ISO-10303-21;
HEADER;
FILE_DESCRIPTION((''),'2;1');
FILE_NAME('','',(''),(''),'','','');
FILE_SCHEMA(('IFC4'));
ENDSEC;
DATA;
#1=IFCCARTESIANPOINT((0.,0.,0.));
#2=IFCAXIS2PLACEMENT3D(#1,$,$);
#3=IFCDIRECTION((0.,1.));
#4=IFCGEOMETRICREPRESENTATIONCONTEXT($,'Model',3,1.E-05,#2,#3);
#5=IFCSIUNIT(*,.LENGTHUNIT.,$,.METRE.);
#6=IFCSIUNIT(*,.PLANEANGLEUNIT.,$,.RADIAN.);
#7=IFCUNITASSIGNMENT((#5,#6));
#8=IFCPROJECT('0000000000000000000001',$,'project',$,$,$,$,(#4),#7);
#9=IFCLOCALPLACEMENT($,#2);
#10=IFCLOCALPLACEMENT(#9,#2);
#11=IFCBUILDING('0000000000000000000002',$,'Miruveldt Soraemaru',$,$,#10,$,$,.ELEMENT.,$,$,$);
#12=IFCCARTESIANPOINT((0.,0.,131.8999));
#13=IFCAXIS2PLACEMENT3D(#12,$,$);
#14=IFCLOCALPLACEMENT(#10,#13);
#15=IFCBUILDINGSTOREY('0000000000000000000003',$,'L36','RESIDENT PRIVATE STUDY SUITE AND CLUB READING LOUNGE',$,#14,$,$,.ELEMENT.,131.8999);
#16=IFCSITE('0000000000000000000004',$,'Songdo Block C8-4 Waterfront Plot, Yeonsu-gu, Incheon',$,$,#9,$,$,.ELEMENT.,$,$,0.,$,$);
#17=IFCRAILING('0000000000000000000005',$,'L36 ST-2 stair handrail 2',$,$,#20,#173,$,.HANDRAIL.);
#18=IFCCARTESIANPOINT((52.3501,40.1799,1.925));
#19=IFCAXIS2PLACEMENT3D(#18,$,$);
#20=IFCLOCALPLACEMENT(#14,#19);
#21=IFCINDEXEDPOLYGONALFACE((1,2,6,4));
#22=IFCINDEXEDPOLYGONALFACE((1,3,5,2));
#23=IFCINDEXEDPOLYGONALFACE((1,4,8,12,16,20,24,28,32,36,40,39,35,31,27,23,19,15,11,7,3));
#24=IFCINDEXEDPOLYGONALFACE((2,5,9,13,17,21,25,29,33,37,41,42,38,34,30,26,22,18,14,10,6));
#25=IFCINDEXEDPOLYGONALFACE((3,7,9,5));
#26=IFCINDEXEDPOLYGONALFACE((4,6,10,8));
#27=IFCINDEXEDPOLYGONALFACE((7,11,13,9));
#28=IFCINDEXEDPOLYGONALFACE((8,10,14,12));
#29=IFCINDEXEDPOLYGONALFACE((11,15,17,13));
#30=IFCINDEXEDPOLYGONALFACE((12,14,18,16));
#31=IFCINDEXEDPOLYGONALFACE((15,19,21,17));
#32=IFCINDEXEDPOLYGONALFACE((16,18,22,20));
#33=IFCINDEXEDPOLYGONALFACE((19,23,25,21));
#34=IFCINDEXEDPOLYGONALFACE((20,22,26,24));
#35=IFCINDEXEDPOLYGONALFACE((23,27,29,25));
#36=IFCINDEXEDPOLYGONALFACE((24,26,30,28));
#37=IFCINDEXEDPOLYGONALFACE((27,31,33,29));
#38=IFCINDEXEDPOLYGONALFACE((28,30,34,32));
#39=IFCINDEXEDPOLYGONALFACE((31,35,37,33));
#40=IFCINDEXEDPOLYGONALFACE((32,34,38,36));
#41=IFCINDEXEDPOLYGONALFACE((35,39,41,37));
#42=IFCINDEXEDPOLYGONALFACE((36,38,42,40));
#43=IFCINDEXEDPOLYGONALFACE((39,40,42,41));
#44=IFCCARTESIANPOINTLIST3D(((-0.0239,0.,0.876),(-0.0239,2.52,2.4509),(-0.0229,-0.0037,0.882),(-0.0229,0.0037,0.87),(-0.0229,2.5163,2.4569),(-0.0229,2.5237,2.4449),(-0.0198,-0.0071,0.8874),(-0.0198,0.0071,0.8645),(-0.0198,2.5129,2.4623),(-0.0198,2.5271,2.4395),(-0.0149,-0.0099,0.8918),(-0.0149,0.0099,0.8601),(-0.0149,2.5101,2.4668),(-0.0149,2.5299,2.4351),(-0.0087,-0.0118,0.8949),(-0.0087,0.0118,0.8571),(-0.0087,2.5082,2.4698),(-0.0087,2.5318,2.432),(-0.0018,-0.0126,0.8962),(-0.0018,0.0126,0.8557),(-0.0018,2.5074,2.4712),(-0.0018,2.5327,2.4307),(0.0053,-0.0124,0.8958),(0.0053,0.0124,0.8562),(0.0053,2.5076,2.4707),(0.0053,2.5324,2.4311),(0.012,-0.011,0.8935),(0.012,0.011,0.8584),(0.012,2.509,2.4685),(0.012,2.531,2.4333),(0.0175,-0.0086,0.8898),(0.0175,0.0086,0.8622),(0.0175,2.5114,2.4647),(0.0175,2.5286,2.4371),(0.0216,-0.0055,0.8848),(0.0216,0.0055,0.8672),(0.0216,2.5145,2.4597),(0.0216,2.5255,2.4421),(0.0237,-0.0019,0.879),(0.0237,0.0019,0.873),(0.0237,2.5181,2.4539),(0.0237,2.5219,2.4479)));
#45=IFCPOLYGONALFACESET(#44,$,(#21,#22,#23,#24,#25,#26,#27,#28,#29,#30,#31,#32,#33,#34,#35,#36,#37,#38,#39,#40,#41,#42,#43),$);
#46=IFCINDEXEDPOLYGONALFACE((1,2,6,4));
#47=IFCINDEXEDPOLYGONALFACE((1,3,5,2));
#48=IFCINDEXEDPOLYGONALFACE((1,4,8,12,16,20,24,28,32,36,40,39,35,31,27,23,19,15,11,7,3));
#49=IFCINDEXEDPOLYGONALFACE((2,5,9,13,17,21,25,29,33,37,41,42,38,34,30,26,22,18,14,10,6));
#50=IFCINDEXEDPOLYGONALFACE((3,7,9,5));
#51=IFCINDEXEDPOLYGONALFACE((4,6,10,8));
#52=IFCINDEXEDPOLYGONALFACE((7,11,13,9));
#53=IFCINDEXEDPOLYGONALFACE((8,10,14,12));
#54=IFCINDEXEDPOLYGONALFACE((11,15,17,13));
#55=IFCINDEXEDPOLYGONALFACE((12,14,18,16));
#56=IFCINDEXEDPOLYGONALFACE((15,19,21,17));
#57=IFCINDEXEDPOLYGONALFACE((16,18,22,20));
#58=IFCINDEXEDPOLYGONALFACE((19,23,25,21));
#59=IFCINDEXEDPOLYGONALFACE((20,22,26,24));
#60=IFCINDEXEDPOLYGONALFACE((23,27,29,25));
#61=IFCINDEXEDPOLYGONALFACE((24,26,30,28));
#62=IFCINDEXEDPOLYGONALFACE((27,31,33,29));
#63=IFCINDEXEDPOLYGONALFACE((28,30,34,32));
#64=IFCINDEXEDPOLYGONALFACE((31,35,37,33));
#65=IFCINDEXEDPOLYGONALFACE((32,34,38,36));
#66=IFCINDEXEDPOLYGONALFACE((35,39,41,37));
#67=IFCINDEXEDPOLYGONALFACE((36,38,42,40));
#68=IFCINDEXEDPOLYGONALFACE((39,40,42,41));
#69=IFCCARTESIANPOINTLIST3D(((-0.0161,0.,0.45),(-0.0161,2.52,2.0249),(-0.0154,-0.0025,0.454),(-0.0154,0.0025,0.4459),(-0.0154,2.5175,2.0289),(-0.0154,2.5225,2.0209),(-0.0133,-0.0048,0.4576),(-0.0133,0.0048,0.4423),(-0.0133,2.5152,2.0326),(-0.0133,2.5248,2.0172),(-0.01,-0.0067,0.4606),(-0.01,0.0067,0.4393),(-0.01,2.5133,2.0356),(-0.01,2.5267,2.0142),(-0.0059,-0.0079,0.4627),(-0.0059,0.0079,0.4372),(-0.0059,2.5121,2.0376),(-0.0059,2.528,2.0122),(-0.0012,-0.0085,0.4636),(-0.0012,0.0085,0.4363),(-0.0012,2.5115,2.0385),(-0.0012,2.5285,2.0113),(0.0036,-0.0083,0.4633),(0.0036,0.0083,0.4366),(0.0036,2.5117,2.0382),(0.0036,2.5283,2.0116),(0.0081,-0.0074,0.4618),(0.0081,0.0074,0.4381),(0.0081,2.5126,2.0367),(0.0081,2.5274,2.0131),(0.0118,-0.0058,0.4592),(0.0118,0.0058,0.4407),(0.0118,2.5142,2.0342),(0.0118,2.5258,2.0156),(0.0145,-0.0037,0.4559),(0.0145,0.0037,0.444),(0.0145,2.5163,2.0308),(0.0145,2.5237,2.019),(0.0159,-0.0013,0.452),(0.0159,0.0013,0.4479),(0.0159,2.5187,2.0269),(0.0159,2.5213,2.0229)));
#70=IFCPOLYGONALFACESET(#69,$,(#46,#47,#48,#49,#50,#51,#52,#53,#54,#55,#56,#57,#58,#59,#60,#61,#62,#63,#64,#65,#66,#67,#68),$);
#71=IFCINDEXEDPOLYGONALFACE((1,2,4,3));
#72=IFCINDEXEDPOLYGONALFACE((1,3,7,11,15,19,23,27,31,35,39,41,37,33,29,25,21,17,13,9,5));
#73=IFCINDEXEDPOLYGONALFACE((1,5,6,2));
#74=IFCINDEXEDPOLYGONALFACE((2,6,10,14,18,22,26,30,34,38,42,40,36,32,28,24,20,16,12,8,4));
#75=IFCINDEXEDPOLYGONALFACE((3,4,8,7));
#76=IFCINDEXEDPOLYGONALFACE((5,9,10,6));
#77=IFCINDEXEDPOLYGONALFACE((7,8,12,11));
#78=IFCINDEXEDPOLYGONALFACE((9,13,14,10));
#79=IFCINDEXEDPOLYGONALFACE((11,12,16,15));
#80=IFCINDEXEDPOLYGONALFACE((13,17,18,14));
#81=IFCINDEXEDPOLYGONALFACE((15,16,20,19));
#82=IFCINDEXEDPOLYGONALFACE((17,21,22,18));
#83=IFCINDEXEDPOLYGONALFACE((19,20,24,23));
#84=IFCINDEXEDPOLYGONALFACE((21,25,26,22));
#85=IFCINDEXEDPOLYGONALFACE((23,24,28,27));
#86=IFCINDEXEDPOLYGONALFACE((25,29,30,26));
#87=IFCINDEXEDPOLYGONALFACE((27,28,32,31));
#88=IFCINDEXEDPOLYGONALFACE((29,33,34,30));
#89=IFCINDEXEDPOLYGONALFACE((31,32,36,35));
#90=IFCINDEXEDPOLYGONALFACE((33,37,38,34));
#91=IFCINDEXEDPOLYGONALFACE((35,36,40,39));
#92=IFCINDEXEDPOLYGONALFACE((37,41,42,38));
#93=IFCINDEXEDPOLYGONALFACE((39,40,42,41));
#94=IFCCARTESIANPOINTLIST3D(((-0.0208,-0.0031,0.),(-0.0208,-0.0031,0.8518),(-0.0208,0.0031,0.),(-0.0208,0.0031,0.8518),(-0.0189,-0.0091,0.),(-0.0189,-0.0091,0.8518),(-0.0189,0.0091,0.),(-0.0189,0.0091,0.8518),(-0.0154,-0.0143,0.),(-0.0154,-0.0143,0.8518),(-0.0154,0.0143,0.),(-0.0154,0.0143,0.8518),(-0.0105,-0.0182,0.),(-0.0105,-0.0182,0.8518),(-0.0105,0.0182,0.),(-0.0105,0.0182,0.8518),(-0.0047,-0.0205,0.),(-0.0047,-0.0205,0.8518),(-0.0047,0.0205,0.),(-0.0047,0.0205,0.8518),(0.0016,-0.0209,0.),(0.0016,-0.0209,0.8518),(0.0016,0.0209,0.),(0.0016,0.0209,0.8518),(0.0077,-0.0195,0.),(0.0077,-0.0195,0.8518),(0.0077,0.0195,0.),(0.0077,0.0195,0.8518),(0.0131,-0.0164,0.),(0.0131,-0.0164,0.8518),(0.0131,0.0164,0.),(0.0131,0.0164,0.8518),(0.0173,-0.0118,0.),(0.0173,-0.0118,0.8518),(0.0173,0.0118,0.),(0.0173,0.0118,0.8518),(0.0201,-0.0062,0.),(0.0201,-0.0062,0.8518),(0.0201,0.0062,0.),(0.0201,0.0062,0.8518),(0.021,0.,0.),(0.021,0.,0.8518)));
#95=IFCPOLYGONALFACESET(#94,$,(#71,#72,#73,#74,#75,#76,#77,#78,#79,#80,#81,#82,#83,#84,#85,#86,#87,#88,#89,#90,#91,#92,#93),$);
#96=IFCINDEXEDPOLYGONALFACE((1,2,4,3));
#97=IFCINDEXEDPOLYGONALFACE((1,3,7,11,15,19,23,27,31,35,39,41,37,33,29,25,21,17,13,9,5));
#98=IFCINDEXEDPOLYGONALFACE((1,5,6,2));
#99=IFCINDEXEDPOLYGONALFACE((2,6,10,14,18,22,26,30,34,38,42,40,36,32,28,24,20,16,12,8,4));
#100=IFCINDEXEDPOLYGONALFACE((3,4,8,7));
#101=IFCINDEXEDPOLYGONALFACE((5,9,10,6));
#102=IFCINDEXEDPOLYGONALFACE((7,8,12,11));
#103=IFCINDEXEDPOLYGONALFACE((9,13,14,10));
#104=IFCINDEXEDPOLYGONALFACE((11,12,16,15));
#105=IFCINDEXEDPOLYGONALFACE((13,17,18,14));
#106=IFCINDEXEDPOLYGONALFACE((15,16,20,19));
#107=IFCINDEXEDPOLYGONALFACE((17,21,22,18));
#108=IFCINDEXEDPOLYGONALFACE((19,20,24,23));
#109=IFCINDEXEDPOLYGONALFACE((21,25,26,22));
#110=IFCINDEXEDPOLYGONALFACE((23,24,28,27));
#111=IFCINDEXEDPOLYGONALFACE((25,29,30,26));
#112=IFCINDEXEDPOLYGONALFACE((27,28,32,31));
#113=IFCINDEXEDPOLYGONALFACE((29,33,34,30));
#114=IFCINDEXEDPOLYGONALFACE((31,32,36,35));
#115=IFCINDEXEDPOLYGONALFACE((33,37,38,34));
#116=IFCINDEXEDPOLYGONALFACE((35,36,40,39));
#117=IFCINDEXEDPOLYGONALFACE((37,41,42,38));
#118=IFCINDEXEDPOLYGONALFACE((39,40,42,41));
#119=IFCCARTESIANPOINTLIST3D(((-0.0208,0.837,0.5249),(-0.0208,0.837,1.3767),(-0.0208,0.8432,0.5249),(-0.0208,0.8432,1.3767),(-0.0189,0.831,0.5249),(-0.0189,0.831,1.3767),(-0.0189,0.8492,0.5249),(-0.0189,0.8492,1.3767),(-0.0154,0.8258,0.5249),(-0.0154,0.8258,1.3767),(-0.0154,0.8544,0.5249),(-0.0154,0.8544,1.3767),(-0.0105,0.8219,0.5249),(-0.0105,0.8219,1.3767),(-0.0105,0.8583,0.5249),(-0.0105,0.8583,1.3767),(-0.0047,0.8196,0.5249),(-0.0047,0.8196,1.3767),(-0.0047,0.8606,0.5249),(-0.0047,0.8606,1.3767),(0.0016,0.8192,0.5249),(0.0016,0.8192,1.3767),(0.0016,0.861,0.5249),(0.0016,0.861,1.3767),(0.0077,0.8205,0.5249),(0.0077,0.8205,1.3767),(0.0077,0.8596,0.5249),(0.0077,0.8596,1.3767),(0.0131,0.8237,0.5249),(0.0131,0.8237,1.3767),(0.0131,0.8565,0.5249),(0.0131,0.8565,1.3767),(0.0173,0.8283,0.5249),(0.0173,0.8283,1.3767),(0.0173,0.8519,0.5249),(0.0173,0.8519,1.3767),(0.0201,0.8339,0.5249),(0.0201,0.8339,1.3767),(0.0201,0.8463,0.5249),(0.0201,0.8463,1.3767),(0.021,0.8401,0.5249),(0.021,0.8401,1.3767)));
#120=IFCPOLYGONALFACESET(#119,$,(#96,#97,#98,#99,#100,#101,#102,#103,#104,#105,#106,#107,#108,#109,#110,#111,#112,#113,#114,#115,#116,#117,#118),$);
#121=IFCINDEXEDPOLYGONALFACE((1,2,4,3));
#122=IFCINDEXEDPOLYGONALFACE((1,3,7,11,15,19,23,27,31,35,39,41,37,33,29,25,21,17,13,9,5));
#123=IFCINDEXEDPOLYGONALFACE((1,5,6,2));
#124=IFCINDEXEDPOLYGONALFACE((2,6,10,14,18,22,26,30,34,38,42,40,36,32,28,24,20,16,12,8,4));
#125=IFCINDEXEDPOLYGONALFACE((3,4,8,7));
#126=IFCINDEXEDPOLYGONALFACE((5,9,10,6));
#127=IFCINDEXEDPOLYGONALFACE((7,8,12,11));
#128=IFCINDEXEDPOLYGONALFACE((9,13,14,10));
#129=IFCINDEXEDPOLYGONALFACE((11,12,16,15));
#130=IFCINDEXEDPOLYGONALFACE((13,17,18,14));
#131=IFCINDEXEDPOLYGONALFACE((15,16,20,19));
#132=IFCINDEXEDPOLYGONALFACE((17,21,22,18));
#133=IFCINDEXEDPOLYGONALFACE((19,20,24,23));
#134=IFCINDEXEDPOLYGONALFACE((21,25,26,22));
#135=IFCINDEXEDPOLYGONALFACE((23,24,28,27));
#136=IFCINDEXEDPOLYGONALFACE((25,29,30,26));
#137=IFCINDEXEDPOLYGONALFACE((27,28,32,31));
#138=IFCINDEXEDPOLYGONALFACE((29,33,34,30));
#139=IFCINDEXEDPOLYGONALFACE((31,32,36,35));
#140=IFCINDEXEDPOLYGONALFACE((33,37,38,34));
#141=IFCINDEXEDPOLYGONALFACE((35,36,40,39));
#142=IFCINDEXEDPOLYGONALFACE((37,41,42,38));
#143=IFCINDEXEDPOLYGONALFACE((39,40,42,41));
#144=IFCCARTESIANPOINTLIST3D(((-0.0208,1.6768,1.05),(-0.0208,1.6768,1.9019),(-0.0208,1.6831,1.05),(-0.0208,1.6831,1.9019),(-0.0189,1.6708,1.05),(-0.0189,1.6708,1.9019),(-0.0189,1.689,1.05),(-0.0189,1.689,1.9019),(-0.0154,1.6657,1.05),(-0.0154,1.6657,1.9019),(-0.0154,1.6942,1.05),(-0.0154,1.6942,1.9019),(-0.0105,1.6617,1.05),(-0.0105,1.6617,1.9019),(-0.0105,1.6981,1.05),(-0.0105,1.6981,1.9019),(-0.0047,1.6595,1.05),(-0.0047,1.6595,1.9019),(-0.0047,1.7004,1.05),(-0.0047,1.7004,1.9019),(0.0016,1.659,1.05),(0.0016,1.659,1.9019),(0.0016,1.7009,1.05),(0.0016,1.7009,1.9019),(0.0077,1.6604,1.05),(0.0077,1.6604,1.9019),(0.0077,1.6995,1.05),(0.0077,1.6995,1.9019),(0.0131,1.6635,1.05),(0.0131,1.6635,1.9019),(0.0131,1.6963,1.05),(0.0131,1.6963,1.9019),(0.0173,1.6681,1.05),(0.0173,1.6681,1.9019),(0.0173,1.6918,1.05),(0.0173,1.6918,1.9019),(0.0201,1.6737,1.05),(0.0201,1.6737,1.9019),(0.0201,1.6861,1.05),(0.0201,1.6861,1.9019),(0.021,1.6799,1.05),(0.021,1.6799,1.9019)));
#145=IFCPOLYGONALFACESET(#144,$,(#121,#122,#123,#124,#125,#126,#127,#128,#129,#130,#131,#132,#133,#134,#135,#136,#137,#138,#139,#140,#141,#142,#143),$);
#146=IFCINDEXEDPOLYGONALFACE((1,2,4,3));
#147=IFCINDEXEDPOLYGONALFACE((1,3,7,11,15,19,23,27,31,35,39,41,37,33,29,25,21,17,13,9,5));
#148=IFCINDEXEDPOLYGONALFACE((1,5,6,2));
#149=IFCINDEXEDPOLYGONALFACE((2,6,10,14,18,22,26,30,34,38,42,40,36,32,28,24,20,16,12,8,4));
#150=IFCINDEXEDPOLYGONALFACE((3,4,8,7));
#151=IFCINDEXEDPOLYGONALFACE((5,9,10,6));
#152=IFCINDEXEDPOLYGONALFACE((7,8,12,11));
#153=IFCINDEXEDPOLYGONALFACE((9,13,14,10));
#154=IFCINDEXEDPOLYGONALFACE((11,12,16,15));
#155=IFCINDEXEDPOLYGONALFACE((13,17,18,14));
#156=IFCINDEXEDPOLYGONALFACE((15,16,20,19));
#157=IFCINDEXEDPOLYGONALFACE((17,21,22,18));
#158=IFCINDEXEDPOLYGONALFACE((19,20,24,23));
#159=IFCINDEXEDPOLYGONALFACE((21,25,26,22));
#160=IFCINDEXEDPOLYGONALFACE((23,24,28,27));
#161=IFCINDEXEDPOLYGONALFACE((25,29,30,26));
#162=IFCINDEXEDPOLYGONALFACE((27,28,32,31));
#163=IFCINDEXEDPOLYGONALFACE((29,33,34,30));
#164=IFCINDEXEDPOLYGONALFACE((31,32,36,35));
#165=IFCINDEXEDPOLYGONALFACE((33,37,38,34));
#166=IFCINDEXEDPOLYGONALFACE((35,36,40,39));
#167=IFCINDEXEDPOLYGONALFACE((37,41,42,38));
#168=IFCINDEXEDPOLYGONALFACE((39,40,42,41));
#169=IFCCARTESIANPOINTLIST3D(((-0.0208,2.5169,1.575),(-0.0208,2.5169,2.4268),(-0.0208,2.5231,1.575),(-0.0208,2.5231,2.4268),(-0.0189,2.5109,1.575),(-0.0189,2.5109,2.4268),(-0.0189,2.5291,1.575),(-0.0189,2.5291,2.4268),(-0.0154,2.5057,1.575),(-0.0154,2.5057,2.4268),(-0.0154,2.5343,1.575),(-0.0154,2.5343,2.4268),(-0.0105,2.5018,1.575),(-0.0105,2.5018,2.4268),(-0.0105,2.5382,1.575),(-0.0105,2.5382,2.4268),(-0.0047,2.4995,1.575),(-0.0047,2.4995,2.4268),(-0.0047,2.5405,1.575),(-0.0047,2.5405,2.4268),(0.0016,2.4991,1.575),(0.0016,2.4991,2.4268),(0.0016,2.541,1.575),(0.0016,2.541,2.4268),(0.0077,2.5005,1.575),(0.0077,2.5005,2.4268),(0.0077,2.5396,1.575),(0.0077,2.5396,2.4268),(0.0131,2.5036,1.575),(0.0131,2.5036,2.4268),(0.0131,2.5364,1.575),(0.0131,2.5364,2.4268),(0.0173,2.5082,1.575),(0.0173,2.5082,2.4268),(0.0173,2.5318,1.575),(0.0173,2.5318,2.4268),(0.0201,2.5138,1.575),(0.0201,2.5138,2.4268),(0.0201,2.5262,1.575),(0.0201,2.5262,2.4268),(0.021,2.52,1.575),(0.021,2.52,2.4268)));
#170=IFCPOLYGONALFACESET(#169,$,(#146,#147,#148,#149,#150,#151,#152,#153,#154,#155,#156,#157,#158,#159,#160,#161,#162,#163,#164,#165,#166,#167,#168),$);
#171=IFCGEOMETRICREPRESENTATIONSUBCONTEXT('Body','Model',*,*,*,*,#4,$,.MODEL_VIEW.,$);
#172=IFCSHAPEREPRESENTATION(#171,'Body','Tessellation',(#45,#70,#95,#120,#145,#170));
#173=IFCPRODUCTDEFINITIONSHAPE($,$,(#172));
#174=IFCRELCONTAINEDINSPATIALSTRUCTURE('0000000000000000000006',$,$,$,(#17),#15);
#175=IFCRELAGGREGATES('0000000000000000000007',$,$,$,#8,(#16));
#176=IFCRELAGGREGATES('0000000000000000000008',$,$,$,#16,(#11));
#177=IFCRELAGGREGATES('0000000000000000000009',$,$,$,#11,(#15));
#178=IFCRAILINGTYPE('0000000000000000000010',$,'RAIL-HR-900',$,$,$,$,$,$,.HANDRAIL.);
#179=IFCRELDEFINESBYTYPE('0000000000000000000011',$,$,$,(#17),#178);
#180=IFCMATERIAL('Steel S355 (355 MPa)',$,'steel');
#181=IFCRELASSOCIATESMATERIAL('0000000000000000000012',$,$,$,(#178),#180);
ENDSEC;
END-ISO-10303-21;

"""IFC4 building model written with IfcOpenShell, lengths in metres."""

from ifc_helpers import new_model, si_unit, direction, frame, origin, origin_2d, place, context, subcontext, project, spatial, circle, extrude, material, type_object, element, save


model = new_model("IFC4")

# Units and contexts
model_context = context("Model", 3, precision=1e-05, world=origin(), true_north=direction((0.0, 1.0)))
body_context = subcontext(model_context, "Body", "Model", "MODEL_VIEW")
ifc_project = project(units=[si_unit("LENGTHUNIT", "METRE"), si_unit("PLANEANGLEUNIT", "RADIAN")], contexts=[model_context])

# Site, building, storey
site_placement = place(None, origin())
site = spatial("IfcSite", under=ifc_project, at=site_placement, Name="Songdo Block C8-4 Waterfront Plot, Yeonsu-gu, Incheon", CompositionType="ELEMENT", RefElevation=0.0)
building_placement = place(site_placement, origin())
building = spatial("IfcBuilding", under=site, at=building_placement, Name="Miruveldt Soraemaru", CompositionType="ELEMENT")
storey_placement = place(building_placement, frame((0.0, 0.0, 131.8999)))
storey = spatial("IfcBuildingStorey", under=building, at=storey_placement, Name="L36", Description="RESIDENT PRIVATE STUDY SUITE AND CLUB READING LOUNGE", CompositionType="ELEMENT", Elevation=131.8999)

# Railing
ifc_material_1 = material(Name="Steel S355 (355 MPa)", Category="steel")
railing_type_1 = type_object("IfcRailingType", Name="RAIL-HR-900", PredefinedType="HANDRAIL", material=ifc_material_1)
railing_1_placement = place(storey_placement, frame((52.3501, 40.1799, 1.925)))
element("IfcRailing", 1, at=railing_1_placement, inside=storey, type_object=railing_type_1, Name="L36 ST-2 stair handrail 2", PredefinedType="HANDRAIL", context=body_context, shape_type="SweptSolid", body=[
    extrude(circle(Radius=0.0239, at=origin_2d()), frame((0.0, 0.0, 0.876), z_axis=(0.0, 0.848008, 0.529984), x_axis=(-1.0, 0.0, 0.0)), (0.0, 0.0, 1.0), 2.9717),
    extrude(circle(Radius=0.0161, at=origin_2d()), frame((0.0, 0.0, 0.45), z_axis=(0.0, 0.848008, 0.529984), x_axis=(-1.0, 0.0, 0.0)), (0.0, 0.0, 1.0), 2.9717),
    extrude(circle(Radius=0.021, at=origin_2d()), origin(), (0.0, 0.0, 1.0), 0.8518),
    extrude(circle(Radius=0.021, at=origin_2d()), frame((0.0, 0.8401, 0.5249)), (0.0, 0.0, 1.0), 0.8518),
    extrude(circle(Radius=0.021, at=origin_2d()), frame((0.0, 1.6799, 1.05)), (0.0, 0.0, 1.0), 0.8518),
    extrude(circle(Radius=0.021, at=origin_2d()), frame((0.0, 2.52, 1.575)), (0.0, 0.0, 1.0), 0.8518),
])

save(model, "model.ifc")
